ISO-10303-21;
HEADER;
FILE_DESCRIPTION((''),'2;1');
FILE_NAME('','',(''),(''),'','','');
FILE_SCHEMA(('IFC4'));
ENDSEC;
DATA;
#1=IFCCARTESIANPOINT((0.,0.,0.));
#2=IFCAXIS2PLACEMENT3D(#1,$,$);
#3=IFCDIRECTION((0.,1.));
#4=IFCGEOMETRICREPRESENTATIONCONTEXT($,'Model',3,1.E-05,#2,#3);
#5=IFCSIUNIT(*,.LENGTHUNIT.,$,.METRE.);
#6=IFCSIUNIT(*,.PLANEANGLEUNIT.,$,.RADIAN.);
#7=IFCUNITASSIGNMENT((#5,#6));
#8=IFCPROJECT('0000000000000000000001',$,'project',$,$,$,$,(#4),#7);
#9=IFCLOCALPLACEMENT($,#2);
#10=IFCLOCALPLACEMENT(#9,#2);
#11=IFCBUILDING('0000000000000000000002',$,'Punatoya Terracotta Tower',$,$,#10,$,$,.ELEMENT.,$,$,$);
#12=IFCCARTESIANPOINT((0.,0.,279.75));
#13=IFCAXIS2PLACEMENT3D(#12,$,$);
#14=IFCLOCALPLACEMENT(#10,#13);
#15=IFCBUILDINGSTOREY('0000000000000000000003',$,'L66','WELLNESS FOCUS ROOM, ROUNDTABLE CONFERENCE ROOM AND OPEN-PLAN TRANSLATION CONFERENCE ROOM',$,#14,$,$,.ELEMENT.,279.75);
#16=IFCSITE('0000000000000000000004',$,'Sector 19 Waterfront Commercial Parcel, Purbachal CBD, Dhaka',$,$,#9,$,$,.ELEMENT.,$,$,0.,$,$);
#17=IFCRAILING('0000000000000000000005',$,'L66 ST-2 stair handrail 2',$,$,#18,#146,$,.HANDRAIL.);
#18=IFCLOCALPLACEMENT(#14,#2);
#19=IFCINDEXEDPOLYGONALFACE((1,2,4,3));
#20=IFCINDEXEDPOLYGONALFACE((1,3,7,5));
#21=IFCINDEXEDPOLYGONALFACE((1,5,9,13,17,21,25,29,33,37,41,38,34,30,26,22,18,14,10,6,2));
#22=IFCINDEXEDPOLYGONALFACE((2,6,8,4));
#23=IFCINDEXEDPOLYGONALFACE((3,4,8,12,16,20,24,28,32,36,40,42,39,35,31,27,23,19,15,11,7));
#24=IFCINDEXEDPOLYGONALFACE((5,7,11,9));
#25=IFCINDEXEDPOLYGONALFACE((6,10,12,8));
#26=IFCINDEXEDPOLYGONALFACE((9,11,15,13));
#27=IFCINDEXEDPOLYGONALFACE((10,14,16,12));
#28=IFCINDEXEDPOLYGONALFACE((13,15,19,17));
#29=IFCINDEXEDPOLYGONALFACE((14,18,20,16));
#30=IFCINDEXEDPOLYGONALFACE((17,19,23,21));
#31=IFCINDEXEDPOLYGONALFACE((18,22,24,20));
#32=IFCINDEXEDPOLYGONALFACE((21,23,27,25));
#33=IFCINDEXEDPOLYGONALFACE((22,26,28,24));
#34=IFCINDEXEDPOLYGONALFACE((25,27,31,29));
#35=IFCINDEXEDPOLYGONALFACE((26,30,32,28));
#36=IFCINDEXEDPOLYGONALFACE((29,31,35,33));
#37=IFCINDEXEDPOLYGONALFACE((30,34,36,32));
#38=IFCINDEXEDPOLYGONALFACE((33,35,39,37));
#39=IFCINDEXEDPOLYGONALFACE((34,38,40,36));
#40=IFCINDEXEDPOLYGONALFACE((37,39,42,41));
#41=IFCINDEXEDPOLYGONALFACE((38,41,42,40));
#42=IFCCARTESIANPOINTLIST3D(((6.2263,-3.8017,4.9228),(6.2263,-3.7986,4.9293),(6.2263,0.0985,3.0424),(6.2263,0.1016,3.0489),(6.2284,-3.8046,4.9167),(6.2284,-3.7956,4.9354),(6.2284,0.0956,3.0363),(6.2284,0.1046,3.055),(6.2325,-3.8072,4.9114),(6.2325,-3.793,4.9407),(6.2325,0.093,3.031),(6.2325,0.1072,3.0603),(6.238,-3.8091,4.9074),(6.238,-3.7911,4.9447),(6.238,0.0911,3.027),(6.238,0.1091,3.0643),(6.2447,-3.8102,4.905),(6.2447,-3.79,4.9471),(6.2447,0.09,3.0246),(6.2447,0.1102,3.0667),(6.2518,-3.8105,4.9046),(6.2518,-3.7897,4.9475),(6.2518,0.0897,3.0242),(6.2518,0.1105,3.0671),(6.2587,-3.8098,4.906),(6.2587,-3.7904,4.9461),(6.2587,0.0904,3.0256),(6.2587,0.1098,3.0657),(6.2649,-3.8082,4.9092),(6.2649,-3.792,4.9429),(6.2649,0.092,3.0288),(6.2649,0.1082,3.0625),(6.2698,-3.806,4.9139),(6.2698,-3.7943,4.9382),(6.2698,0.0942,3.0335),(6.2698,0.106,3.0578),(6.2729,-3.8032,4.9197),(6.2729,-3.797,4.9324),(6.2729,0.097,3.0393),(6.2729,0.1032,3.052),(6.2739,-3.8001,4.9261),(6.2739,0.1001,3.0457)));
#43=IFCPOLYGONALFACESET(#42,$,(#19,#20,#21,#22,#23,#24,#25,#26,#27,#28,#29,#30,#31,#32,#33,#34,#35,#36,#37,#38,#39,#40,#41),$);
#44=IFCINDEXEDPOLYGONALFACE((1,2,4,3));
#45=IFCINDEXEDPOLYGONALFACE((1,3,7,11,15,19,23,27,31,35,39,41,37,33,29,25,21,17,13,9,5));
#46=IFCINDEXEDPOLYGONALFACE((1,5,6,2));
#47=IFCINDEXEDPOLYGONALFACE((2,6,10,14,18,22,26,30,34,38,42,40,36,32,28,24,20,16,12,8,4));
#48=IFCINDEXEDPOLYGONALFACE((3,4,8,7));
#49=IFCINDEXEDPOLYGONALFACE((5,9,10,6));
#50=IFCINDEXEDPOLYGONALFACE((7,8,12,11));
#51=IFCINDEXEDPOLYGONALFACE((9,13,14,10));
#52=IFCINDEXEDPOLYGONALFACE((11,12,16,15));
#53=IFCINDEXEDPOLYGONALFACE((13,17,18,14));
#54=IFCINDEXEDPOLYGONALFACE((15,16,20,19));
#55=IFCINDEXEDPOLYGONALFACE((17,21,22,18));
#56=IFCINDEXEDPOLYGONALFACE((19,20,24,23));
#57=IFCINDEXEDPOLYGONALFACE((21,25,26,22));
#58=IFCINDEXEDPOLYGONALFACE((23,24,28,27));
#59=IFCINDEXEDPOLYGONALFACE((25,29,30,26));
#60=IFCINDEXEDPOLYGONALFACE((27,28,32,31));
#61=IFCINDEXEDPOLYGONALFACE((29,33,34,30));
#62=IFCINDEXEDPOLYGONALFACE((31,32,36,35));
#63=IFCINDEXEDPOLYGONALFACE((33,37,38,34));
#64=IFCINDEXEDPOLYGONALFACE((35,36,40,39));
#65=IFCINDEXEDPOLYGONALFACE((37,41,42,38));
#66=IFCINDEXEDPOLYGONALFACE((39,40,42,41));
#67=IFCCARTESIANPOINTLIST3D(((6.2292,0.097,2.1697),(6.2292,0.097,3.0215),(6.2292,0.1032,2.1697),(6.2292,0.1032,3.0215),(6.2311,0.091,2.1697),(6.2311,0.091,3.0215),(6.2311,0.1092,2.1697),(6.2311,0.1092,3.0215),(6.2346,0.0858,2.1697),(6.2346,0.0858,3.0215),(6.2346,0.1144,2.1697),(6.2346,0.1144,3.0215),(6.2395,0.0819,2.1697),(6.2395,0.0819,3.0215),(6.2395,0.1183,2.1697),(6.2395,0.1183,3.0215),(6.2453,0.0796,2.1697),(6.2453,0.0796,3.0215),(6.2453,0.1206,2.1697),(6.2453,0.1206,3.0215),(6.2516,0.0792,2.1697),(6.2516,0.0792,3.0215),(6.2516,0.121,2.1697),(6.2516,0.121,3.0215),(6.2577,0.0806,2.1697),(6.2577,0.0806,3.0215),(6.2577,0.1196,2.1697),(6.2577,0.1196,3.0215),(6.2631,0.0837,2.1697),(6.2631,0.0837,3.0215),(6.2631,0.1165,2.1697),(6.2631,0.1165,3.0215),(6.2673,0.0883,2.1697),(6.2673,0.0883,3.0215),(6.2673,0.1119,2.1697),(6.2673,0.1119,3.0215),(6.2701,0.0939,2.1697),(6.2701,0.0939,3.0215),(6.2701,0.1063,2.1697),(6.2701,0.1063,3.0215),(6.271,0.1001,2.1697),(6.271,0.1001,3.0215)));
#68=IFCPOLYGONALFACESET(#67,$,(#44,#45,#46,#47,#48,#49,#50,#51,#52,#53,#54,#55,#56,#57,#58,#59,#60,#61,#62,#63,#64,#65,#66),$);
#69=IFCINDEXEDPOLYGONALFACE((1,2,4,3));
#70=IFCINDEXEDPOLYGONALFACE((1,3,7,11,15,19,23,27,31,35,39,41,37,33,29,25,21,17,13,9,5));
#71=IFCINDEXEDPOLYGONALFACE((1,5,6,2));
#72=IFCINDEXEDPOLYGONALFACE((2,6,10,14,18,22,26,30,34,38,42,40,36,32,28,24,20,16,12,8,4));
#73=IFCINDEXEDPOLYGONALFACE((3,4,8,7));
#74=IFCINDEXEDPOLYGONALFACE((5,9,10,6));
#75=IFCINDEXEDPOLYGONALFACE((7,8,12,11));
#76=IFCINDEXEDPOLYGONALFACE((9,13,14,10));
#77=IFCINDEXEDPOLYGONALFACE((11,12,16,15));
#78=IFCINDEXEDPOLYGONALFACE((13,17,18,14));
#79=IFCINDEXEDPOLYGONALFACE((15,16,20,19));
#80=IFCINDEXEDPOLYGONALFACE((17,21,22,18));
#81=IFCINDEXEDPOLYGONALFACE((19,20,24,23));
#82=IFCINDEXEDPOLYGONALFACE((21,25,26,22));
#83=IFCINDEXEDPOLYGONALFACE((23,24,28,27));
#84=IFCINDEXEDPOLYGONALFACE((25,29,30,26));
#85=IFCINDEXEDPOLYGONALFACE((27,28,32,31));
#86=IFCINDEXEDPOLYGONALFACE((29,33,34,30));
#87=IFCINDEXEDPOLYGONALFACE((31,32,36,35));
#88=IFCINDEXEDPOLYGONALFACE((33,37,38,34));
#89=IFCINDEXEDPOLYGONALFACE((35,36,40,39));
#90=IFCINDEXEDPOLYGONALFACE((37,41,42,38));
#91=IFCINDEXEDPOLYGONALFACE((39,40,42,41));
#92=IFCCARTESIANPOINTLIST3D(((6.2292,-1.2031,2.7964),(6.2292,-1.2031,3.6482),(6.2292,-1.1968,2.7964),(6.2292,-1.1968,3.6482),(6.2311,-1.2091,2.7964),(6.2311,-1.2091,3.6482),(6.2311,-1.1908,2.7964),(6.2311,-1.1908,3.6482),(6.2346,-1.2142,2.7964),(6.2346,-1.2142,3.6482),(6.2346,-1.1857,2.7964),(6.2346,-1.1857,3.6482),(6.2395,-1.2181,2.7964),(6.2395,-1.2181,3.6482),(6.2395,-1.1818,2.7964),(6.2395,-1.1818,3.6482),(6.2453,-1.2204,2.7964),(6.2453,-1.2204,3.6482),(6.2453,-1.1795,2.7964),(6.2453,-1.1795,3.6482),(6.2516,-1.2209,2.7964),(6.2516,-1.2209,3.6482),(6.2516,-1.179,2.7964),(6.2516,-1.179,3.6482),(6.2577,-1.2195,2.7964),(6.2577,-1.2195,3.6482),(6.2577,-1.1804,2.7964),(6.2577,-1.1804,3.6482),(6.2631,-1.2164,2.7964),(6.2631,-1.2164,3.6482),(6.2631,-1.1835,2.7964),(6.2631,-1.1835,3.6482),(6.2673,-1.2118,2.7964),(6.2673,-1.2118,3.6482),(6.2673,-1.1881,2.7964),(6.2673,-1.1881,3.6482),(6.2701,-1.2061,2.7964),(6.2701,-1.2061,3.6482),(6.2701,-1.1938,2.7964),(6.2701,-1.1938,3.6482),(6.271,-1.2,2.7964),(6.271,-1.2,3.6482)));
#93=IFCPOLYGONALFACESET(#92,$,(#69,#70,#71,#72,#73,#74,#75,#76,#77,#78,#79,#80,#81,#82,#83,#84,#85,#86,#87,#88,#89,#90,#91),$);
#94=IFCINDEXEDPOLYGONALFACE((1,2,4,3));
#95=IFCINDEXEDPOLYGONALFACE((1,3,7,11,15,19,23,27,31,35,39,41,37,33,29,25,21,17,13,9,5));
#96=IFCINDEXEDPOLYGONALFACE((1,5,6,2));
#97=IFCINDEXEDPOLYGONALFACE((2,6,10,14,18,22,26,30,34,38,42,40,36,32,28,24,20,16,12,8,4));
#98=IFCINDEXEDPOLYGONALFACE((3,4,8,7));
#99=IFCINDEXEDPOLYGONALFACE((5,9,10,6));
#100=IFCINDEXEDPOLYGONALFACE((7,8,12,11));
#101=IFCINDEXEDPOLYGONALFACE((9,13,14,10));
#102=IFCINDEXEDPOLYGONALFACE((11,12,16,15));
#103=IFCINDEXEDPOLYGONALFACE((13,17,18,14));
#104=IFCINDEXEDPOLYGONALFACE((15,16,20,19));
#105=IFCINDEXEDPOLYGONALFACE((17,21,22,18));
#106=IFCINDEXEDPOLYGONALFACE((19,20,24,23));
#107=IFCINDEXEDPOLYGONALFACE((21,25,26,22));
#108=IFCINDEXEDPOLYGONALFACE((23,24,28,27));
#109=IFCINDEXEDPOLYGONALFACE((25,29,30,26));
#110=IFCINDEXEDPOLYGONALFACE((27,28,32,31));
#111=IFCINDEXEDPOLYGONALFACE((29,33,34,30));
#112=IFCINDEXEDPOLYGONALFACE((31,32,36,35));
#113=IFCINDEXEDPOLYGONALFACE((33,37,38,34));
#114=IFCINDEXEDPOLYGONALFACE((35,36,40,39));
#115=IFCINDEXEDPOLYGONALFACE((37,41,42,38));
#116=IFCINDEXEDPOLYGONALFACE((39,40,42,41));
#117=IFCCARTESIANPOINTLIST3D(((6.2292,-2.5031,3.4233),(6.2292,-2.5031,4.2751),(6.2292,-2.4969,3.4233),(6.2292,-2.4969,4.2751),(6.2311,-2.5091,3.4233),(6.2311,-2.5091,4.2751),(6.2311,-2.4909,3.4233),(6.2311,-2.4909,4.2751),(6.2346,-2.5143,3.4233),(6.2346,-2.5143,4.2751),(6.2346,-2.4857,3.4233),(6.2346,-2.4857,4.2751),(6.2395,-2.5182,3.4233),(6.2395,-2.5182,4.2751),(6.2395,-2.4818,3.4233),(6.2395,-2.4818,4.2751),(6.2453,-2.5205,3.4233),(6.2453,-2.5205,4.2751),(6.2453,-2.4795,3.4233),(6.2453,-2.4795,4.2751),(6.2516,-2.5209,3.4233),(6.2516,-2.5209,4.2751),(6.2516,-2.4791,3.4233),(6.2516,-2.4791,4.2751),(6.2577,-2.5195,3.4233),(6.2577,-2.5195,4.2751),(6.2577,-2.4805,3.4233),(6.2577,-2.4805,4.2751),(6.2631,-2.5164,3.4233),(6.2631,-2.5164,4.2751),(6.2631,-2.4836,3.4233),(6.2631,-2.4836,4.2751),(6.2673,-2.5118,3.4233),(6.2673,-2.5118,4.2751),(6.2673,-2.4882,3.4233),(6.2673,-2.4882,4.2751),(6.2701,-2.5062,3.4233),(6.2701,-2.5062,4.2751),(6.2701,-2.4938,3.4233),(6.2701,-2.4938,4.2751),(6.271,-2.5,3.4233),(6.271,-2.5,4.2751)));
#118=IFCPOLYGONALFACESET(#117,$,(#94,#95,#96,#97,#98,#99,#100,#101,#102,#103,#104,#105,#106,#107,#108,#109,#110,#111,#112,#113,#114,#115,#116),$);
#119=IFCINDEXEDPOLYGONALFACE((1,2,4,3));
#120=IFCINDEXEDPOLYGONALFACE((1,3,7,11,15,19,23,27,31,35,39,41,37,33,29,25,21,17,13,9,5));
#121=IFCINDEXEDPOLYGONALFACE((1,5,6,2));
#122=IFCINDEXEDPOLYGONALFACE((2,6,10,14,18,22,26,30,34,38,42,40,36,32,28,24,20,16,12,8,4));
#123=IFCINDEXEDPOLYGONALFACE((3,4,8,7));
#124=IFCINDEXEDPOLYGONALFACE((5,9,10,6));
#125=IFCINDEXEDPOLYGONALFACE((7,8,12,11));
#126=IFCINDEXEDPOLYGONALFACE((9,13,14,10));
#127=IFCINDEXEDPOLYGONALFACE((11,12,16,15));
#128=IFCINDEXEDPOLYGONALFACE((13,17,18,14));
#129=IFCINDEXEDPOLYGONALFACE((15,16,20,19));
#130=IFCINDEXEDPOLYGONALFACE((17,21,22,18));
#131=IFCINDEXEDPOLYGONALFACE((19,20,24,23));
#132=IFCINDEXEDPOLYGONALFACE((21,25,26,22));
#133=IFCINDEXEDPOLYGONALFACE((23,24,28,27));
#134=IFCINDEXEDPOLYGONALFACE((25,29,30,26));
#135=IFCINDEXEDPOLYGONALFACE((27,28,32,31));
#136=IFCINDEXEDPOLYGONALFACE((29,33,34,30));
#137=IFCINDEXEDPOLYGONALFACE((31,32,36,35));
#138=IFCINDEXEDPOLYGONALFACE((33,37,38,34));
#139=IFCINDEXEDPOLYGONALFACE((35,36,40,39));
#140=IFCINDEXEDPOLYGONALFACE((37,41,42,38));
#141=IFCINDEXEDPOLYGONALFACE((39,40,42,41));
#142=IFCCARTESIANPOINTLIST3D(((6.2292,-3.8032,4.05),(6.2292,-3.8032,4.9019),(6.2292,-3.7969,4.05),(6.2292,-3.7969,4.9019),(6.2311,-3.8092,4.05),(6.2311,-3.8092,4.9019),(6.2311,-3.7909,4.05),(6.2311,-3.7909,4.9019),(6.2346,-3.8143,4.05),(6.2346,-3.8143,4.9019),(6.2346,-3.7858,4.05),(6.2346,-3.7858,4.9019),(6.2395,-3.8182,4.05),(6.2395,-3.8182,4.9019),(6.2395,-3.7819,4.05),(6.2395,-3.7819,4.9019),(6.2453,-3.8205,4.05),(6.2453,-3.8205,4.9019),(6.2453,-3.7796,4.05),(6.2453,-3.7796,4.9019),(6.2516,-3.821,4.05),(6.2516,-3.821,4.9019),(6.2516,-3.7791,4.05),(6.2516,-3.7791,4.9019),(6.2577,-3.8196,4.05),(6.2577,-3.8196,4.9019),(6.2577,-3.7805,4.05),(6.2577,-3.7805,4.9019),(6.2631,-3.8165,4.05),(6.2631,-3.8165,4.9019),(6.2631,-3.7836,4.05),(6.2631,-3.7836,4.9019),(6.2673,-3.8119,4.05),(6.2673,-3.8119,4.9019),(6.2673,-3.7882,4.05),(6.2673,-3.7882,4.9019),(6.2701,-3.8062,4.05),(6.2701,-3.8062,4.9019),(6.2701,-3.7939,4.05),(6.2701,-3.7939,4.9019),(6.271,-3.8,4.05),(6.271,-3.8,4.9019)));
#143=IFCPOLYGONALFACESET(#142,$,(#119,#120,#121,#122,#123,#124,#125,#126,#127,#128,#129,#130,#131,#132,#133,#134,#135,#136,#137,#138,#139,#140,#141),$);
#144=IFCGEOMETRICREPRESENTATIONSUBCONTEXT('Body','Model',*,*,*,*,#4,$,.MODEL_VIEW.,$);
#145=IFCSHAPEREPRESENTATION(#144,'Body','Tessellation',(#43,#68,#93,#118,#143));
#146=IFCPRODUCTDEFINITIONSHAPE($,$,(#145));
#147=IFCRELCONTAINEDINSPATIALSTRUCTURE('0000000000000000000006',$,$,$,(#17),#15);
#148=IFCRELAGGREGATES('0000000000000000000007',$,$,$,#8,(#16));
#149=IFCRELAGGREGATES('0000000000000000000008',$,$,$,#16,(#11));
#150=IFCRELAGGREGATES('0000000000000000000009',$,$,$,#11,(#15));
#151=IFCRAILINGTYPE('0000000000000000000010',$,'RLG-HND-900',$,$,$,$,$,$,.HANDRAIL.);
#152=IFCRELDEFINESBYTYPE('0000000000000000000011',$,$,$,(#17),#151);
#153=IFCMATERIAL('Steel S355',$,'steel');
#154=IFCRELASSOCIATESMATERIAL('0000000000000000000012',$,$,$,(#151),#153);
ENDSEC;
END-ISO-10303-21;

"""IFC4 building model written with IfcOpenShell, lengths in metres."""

from ifc_helpers import new_model, si_unit, direction, frame, origin, origin_2d, place, context, subcontext, project, spatial, circle, extrude, material, type_object, element, save


model = new_model("IFC4")

# Units and contexts
model_context = context("Model", 3, precision=1e-05, world=origin(), true_north=direction((0.0, 1.0)))
body_context = subcontext(model_context, "Body", "Model", "MODEL_VIEW")
ifc_project = project(units=[si_unit("LENGTHUNIT", "METRE"), si_unit("PLANEANGLEUNIT", "RADIAN")], contexts=[model_context])

# Site, building, storey
site_placement = place(None, origin())
site = spatial("IfcSite", under=ifc_project, at=site_placement, Name="Sector 19 Waterfront Commercial Parcel, Purbachal CBD, Dhaka", CompositionType="ELEMENT", RefElevation=0.0)
building_placement = place(site_placement, origin())
building = spatial("IfcBuilding", under=site, at=building_placement, Name="Punatoya Terracotta Tower", CompositionType="ELEMENT")
storey_placement = place(building_placement, frame((0.0, 0.0, 279.75)))
storey = spatial("IfcBuildingStorey", under=building, at=storey_placement, Name="L66", Description="WELLNESS FOCUS ROOM, ROUNDTABLE CONFERENCE ROOM AND OPEN-PLAN TRANSLATION CONFERENCE ROOM", CompositionType="ELEMENT", Elevation=279.75)

# Shared definitions
ifc_material_1 = material(Name="Steel S355", Category="steel")

# Railing
railing_type_1 = type_object("IfcRailingType", Name="RLG-HND-900", PredefinedType="HANDRAIL", material=ifc_material_1)
railing_1_placement = place(storey_placement, frame((6.25, 0.1001, 2.1697)))
element("IfcRailing", 1, at=railing_1_placement, inside=storey, type_object=railing_type_1, Name="L66 ST-2 stair handrail 2", PredefinedType="HANDRAIL", context=body_context, shape_type="SweptSolid", body=[
    extrude(circle(Radius=0.0239, at=origin_2d()), frame((0.0, 0.0, 0.876), z_axis=(0.0, -0.900774, 0.434289), x_axis=(1.0, 0.0, 0.0)), (0.0, 0.0, 1.0), 4.3298),
    extrude(circle(Radius=0.021, at=origin_2d()), origin(), (0.0, 0.0, 1.0), 0.8518),
    extrude(circle(Radius=0.021, at=origin_2d()), frame((0.0, -1.3, 0.6267)), (0.0, 0.0, 1.0), 0.8518),
    extrude(circle(Radius=0.021, at=origin_2d()), frame((0.0, -2.6001, 1.2537)), (0.0, 0.0, 1.0), 0.8518),
    extrude(circle(Radius=0.021, at=origin_2d()), frame((0.0, -3.9001, 1.8804)), (0.0, 0.0, 1.0), 0.8518),
])

save(model, "model.ifc")
